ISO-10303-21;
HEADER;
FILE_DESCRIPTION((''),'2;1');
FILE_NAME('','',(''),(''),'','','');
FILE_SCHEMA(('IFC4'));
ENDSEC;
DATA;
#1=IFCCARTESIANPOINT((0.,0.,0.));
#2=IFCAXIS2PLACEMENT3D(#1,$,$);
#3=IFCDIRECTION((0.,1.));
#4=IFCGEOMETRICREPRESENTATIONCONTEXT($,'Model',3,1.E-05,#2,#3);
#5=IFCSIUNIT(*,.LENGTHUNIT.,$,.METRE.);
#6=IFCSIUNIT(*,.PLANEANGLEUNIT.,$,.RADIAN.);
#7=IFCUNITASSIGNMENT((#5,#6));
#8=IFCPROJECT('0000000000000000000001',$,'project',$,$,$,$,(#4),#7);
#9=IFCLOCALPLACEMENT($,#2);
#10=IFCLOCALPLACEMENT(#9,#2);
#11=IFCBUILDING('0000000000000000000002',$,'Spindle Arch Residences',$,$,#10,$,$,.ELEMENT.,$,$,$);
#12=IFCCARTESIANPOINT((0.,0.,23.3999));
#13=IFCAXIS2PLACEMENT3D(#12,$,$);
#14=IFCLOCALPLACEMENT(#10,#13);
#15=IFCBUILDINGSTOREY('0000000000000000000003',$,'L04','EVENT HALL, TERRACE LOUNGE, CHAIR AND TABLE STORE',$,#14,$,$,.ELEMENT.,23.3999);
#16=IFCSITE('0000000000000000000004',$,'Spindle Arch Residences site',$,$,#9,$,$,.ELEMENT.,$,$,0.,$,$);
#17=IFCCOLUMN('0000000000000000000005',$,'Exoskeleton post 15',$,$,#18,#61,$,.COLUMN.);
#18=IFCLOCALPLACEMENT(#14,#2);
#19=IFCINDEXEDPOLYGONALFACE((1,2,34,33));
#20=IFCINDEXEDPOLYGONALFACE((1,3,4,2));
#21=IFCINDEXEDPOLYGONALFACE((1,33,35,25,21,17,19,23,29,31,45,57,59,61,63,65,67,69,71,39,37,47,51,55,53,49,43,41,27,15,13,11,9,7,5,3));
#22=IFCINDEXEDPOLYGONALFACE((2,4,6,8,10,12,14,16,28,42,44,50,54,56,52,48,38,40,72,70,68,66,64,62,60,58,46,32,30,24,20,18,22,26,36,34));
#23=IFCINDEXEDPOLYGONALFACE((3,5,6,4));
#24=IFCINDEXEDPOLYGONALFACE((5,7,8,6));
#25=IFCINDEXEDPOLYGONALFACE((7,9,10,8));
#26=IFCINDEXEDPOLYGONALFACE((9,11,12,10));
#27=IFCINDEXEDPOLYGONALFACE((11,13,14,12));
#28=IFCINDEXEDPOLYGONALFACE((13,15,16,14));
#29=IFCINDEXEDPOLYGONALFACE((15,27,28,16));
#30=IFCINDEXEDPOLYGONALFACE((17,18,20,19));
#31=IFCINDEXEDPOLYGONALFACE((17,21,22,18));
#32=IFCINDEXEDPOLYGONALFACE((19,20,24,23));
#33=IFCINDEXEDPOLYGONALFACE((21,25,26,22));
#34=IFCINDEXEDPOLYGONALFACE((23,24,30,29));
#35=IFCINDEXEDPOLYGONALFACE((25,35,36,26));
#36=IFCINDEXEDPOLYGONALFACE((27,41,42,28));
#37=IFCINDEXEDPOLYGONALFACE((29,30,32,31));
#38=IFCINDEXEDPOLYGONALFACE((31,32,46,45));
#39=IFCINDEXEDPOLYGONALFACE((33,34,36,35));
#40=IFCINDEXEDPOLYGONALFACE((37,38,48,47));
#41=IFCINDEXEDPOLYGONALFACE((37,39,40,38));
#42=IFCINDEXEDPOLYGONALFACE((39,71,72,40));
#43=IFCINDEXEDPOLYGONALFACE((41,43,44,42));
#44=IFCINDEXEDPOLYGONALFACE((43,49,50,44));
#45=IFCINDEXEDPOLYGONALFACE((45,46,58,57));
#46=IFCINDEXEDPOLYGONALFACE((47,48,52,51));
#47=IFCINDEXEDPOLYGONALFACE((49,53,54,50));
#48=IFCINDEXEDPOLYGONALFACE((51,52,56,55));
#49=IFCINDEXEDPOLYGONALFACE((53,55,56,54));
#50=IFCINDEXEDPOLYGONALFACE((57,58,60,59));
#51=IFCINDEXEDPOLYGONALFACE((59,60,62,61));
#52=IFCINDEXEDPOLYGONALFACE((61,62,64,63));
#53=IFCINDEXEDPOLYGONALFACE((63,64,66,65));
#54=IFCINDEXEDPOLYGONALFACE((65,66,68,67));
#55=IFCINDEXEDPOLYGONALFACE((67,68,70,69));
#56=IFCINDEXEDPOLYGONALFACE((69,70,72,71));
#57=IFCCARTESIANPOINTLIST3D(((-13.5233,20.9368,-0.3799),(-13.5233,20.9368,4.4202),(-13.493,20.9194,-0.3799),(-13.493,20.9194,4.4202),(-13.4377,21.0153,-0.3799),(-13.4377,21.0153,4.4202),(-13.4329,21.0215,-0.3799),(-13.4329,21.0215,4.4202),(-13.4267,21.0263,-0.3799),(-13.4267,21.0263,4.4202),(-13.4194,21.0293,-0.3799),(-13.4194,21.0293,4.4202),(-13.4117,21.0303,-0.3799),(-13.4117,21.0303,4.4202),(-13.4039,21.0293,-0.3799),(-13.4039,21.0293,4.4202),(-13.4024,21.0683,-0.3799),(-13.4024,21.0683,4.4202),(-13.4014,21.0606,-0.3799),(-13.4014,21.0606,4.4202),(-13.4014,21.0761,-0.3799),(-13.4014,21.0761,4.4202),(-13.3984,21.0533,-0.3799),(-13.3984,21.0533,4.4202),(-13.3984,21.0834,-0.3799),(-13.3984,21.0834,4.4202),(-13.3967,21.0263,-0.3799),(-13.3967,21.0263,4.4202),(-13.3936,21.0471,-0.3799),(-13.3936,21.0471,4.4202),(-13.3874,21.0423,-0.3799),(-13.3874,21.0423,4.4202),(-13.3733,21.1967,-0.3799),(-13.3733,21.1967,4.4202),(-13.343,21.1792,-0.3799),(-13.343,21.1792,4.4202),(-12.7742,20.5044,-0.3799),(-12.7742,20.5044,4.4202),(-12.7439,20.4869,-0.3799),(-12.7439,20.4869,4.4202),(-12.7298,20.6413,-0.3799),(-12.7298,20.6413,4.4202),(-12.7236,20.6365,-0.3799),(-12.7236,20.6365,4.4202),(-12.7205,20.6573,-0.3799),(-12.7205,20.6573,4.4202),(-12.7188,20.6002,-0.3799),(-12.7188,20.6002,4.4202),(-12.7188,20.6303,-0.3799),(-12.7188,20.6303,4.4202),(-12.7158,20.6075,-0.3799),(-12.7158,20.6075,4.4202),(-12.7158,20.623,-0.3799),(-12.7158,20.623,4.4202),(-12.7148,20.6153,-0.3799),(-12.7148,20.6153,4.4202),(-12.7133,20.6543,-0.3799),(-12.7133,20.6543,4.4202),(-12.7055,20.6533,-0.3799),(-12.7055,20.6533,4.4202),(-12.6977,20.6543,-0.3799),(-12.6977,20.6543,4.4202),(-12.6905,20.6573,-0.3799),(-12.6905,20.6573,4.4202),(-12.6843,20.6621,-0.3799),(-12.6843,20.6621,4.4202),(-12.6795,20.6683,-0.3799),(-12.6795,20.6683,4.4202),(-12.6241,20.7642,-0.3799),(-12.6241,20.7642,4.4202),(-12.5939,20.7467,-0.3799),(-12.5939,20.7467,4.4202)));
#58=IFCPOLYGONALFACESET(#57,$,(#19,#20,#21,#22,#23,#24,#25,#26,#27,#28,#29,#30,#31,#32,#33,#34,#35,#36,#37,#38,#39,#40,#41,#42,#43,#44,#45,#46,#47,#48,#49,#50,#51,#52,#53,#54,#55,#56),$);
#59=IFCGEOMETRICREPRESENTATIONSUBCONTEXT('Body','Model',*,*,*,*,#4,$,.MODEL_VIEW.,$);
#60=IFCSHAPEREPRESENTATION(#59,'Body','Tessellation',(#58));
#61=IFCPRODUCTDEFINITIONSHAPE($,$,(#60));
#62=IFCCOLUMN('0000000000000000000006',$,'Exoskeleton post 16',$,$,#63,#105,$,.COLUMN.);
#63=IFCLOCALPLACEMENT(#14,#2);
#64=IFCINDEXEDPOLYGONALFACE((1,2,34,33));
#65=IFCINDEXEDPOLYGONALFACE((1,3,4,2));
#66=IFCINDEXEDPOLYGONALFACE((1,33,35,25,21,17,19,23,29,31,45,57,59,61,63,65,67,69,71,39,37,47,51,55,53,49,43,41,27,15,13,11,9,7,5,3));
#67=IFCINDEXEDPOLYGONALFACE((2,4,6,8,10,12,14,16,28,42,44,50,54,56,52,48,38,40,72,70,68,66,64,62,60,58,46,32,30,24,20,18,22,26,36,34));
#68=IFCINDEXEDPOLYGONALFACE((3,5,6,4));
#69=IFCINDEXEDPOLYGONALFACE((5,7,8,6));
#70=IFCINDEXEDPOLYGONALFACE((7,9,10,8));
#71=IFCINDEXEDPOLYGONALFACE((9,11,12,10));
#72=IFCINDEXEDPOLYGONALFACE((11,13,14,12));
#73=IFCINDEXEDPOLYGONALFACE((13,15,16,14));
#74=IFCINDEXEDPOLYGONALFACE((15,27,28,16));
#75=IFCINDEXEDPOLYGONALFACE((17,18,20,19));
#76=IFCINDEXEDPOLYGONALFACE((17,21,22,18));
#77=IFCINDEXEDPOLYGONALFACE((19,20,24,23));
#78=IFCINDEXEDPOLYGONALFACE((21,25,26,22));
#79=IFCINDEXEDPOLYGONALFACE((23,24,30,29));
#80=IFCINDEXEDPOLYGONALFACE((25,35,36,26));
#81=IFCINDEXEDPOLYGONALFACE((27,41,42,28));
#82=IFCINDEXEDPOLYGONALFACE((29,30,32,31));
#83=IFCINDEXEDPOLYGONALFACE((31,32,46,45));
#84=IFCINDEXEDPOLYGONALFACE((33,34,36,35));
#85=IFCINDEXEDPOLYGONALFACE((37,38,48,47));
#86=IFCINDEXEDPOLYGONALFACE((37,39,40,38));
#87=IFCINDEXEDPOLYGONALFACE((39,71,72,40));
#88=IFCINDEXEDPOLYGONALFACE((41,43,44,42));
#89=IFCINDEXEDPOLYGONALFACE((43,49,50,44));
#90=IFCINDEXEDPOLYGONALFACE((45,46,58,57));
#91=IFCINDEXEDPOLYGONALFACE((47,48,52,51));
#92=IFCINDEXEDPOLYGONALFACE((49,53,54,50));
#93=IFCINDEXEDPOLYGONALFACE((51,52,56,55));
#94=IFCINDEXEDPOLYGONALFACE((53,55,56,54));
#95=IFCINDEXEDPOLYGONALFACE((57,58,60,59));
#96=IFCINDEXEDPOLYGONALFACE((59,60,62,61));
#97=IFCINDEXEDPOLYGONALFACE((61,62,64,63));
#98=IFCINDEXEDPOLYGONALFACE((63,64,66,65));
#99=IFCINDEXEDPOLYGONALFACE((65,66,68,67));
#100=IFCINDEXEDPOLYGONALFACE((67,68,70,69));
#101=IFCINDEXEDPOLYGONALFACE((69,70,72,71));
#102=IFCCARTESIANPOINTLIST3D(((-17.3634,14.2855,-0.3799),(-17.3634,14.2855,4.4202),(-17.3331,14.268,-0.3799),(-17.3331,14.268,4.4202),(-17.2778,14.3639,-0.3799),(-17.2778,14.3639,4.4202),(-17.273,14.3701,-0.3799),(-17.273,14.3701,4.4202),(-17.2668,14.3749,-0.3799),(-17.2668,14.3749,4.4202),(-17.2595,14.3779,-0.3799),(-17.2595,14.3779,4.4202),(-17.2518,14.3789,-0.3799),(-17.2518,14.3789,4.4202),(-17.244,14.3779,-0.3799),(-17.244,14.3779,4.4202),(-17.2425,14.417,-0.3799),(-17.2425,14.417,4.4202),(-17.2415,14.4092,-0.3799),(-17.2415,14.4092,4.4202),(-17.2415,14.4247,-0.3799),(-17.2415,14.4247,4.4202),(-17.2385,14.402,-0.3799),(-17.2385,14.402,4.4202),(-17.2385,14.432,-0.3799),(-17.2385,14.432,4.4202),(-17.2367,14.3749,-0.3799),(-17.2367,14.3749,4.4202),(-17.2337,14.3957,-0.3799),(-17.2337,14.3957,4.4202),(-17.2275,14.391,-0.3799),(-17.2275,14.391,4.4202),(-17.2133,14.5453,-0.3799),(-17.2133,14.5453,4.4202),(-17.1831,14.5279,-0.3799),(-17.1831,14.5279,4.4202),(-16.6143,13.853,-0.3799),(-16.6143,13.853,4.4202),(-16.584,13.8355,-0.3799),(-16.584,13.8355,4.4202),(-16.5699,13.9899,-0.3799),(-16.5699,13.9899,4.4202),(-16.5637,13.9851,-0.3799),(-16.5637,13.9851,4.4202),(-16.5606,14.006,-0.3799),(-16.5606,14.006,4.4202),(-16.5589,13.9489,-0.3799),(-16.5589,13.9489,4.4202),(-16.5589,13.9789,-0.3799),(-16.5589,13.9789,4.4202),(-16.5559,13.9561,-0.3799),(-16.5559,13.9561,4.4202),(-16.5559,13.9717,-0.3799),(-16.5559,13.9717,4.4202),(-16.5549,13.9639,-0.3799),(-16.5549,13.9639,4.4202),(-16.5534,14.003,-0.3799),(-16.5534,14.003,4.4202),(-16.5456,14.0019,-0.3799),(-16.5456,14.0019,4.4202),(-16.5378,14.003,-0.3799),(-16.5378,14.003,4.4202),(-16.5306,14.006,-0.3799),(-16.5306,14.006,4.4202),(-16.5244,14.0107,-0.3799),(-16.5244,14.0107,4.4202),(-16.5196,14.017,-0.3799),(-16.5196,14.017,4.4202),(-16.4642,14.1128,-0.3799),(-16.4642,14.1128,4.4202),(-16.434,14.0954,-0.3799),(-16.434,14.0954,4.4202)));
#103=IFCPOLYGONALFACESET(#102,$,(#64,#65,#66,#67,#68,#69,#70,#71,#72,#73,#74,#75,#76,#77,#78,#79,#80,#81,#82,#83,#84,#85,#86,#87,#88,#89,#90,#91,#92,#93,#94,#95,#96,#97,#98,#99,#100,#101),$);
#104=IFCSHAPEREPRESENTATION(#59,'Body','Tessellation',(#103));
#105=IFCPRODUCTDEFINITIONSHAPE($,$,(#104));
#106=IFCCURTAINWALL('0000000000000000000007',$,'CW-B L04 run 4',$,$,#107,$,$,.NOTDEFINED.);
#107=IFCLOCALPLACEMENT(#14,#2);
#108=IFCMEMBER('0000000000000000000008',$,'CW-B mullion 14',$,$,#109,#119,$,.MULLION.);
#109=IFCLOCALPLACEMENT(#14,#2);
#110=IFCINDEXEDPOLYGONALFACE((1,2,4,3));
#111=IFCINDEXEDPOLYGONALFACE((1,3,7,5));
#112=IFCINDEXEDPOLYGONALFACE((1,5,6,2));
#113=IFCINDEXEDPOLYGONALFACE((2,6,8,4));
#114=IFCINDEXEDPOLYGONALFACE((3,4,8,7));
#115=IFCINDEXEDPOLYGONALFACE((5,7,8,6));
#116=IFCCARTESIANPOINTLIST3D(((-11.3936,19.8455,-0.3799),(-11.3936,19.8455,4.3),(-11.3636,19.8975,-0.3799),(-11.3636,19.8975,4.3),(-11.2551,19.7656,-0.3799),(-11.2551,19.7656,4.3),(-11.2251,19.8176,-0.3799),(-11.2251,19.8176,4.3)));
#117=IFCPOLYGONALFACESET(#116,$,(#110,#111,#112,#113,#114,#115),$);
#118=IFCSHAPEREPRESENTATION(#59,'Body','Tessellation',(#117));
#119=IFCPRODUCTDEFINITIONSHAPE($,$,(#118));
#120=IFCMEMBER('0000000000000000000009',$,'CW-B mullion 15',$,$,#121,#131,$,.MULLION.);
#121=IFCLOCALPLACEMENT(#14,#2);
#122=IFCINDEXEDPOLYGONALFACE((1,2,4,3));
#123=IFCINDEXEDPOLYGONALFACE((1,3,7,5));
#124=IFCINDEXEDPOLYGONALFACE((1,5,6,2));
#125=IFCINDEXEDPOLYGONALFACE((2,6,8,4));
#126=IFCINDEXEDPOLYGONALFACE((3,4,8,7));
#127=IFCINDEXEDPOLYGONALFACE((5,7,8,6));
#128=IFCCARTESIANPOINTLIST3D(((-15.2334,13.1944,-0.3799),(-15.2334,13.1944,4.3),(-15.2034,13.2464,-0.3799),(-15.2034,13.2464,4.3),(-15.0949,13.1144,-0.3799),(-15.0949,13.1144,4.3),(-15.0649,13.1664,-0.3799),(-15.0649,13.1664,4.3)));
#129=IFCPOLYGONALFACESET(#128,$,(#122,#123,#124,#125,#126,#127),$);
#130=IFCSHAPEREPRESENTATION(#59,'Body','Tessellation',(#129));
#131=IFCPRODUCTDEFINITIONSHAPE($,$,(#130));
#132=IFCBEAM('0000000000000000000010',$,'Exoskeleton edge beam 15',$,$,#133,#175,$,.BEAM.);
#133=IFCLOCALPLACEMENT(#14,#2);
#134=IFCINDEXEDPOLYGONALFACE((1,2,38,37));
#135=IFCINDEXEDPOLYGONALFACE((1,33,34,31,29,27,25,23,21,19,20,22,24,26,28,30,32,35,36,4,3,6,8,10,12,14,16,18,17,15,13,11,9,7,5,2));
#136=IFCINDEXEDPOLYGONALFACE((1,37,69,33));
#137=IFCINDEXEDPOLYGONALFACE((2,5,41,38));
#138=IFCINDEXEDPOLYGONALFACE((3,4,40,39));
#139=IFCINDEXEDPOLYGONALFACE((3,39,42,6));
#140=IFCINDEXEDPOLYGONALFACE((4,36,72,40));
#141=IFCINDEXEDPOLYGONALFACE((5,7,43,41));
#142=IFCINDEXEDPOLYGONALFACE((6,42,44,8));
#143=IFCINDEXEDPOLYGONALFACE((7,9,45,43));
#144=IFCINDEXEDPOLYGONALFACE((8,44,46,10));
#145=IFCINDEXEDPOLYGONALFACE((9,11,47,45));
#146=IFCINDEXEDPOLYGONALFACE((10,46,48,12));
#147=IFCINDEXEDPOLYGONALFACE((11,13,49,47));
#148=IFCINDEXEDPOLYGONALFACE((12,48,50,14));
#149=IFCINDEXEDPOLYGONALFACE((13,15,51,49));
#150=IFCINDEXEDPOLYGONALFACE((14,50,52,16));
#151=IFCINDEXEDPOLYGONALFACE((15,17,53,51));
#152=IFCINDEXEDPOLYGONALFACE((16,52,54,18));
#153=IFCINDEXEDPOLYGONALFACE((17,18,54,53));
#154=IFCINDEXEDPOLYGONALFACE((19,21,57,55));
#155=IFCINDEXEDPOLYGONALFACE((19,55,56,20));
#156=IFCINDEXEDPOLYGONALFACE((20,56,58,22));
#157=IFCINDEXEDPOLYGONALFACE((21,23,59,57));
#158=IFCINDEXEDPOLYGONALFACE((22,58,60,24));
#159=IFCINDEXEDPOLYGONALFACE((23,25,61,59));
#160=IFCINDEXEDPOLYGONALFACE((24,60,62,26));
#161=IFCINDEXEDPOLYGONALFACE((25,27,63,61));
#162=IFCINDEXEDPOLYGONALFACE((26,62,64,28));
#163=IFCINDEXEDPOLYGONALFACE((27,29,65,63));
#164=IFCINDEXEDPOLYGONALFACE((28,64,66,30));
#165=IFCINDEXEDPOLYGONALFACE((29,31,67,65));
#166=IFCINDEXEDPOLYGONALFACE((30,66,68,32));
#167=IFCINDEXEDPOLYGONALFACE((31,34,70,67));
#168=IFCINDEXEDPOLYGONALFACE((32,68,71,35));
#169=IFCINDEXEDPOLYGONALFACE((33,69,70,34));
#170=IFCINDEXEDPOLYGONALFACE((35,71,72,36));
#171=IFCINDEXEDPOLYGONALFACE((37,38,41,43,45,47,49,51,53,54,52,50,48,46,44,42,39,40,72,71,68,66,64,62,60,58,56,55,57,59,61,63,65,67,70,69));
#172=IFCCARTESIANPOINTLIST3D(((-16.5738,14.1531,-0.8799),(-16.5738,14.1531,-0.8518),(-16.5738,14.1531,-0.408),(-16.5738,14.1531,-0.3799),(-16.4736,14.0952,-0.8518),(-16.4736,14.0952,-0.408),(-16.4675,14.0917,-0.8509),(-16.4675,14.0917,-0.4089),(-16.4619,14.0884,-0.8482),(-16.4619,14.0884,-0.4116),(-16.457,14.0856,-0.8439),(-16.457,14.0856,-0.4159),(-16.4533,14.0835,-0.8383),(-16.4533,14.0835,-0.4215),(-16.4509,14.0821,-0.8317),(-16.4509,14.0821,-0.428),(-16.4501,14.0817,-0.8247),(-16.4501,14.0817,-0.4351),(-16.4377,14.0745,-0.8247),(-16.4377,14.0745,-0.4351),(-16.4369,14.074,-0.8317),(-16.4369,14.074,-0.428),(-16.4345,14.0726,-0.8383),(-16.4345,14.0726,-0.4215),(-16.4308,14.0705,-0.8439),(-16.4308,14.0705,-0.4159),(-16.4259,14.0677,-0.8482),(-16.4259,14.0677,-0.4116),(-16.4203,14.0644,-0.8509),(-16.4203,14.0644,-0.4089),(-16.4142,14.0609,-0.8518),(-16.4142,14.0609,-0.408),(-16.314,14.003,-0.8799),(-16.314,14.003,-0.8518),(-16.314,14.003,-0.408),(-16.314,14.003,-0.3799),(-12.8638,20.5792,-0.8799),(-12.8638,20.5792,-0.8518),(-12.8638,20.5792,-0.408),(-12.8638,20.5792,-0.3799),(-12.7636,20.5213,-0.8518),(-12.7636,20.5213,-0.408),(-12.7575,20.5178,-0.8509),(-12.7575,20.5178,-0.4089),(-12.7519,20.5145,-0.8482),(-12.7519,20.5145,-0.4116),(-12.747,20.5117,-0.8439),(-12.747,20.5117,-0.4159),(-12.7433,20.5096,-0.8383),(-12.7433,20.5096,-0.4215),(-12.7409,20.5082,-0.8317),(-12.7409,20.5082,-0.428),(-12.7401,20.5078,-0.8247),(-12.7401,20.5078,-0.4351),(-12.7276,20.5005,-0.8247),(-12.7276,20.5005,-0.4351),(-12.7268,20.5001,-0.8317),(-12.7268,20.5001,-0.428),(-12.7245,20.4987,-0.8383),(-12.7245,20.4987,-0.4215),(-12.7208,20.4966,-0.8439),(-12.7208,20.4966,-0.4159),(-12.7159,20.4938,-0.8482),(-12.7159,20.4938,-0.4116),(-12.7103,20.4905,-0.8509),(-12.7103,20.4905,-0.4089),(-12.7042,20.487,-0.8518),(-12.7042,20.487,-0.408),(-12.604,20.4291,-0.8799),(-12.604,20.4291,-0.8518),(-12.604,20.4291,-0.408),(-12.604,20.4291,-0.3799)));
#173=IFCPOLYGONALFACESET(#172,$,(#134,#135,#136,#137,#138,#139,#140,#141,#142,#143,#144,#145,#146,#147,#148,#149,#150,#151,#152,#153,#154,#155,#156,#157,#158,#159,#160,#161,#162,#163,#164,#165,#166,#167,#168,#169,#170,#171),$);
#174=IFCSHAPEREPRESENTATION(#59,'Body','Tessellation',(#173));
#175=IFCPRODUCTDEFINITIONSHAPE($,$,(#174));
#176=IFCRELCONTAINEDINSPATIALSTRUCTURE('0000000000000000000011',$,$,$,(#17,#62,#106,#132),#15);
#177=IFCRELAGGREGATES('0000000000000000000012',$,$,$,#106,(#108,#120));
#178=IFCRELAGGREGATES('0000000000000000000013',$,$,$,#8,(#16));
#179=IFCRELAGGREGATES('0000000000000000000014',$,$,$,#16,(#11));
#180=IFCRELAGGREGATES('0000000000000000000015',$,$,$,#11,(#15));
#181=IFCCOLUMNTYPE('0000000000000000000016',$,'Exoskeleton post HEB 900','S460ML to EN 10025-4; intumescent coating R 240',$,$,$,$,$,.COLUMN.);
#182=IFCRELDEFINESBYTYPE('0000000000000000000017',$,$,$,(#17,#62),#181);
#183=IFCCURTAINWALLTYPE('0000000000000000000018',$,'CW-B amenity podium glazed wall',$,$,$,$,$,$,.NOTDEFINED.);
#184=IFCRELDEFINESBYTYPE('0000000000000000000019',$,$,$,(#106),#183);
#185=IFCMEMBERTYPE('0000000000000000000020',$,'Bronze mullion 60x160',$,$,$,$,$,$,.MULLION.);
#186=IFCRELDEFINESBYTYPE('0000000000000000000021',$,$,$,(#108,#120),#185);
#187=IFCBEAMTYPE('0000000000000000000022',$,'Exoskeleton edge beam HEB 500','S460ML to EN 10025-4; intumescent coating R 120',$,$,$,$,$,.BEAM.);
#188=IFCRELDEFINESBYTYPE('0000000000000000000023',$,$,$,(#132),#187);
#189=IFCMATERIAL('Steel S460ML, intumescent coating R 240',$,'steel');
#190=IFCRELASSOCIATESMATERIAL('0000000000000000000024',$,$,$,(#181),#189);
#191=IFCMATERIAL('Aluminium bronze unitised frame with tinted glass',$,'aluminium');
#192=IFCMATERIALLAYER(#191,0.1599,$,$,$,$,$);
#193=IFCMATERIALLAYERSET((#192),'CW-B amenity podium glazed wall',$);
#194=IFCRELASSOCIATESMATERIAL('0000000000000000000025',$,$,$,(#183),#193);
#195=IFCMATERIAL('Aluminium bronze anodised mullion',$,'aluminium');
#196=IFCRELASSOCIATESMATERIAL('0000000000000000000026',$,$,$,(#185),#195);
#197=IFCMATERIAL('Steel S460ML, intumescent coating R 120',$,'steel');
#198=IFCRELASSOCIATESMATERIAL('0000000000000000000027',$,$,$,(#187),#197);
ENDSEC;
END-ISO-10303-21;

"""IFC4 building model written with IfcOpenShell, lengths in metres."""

from ifc_helpers import new_model, si_unit, direction, frame, origin, origin_2d, place, context, subcontext, project, spatial, rectangle, i_section, extrude, material, layer, layer_set, material_profile, profile_set, type_object, element, aggregate, save


model = new_model("IFC4")

# Units and contexts
model_context = context("Model", 3, precision=1e-05, world=origin(), true_north=direction((0.0, 1.0)))
body_context = subcontext(model_context, "Body", "Model", "MODEL_VIEW")
ifc_project = project(units=[si_unit("LENGTHUNIT", "METRE"), si_unit("PLANEANGLEUNIT", "RADIAN")], contexts=[model_context])

# Site, building, storey
site_placement = place(None, origin())
site = spatial("IfcSite", under=ifc_project, at=site_placement, Name="Spindle Arch Residences site", CompositionType="ELEMENT", RefElevation=0.0)
building_placement = place(site_placement, origin())
building = spatial("IfcBuilding", under=site, at=building_placement, Name="Spindle Arch Residences", CompositionType="ELEMENT")
storey_placement = place(building_placement, frame((0.0, 0.0, 23.3999)))
storey = spatial("IfcBuildingStorey", under=building, at=storey_placement, Name="L04", Description="EVENT HALL, TERRACE LOUNGE, CHAIR AND TABLE STORE", CompositionType="ELEMENT", Elevation=23.3999)

# Columns
ifc_material_1 = material(Name="Steel S460ML, intumescent coating R 240", Category="steel")
ifc_material_profile_1 = material_profile(ifc_material_1, i_section(OverallWidth=0.3, OverallDepth=0.8999, WebThickness=0.0186, FlangeThickness=0.0349, FilletRadius=0.03, at=origin_2d()), Name="HEB 900")
ifc_profile_set_1 = profile_set([ifc_material_profile_1], Name="Steel S460ML, intumescent coating R 240")
column_type = type_object("IfcColumnType", Name="Exoskeleton post HEB 900", Description="S460ML to EN 10025-4; intumescent coating R 240", PredefinedType="COLUMN", material=ifc_profile_set_1)
for number, where, z_axis, x_axis, name in (
    (1, (-13.0586, 20.8418, -0.3799), (0.0, 0.0, 1.0), (0.5, 0.866025, 0.0), "Exoskeleton post 15"),
    (2, (-16.8987, 14.1904, -0.3799), (0.0, 0.0, 1.0), (0.5, 0.866025, 0.0), "Exoskeleton post 16"),
):
    element("IfcColumn", number, at=place(storey_placement, frame(where, z_axis=z_axis, x_axis=x_axis)), inside=storey, type_object=column_type, Name=name, PredefinedType="COLUMN", context=body_context, shape_type="SweptSolid", body=[
        extrude(i_section(OverallWidth=0.3, OverallDepth=0.8999, WebThickness=0.0186, FlangeThickness=0.0349, FilletRadius=0.03, at=origin_2d()), origin(), (0.0, 0.0, 1.0), 4.8),
    ])

# Curtain wall, members
ifc_material_2 = material(Name="Aluminium bronze unitised frame with tinted glass", Category="aluminium")
ifc_layer_1 = layer(ifc_material_2, 0.1599)
ifc_layer_set_1 = layer_set([ifc_layer_1], Name="CW-B amenity podium glazed wall")
curtain_wall_type = type_object("IfcCurtainWallType", Name="CW-B amenity podium glazed wall", PredefinedType="NOTDEFINED", material=ifc_layer_set_1)
curtain_wall_placement = place(storey_placement, origin())
curtain_wall = element("IfcCurtainWall", 3, at=curtain_wall_placement, inside=storey, type_object=curtain_wall_type, Name="CW-B L04 run 4", PredefinedType="NOTDEFINED")
ifc_material_3 = material(Name="Aluminium bronze anodised mullion", Category="aluminium")
ifc_material_profile_2 = material_profile(ifc_material_3, rectangle(XDim=0.1599, YDim=0.0601, at=origin_2d()), Name="MU 60x160")
ifc_profile_set_2 = profile_set([ifc_material_profile_2], Name="Aluminium bronze anodised mullion")
member_type = type_object("IfcMemberType", Name="Bronze mullion 60x160", PredefinedType="MULLION", material=ifc_profile_set_2)
member_1_placement = place(storey_placement, frame((-11.3093, 19.8315, -0.3799), z_axis=(0.0, 0.0, 1.0), x_axis=(0.866025, -0.5, 0.0)))
member_1 = element("IfcMember", 4, at=member_1_placement, type_object=member_type, Name="CW-B mullion 14", PredefinedType="MULLION", context=body_context, shape_type="SweptSolid", body=[
    extrude(rectangle(XDim=0.1599, YDim=0.0601, at=origin_2d()), origin(), (0.0, 0.0, 1.0), 4.6799),
])
member_2_placement = place(storey_placement, frame((-15.1492, 13.1804, -0.3799), z_axis=(0.0, 0.0, 1.0), x_axis=(0.866025, -0.5, 0.0)))
member_2 = element("IfcMember", 5, at=member_2_placement, type_object=member_type, Name="CW-B mullion 15", PredefinedType="MULLION", context=body_context, shape_type="SweptSolid", body=[
    extrude(rectangle(XDim=0.1599, YDim=0.0601, at=origin_2d()), origin(), (0.0, 0.0, 1.0), 4.6799),
])

# Beam
ifc_material_4 = material(Name="Steel S460ML, intumescent coating R 120", Category="steel")
ifc_material_profile_3 = material_profile(ifc_material_4, i_section(OverallWidth=0.3, OverallDepth=0.5, WebThickness=0.0144, FlangeThickness=0.0281, FilletRadius=0.0271, at=origin_2d()), Name="HEB 500")
ifc_profile_set_3 = profile_set([ifc_material_profile_3], Name="Steel S460ML, intumescent coating R 120")
beam_type_1 = type_object("IfcBeamType", Name="Exoskeleton edge beam HEB 500", Description="S460ML to EN 10025-4; intumescent coating R 120", PredefinedType="BEAM", material=ifc_profile_set_3)
beam_1_placement = place(storey_placement, frame((-12.7339, 20.5042, -0.6299), z_axis=(-0.499989, -0.866032, 0.0), x_axis=(0.866032, -0.499989, 0.0)))
element("IfcBeam", 6, at=beam_1_placement, inside=storey, type_object=beam_type_1, Name="Exoskeleton edge beam 15", PredefinedType="BEAM", context=body_context, shape_type="SweptSolid", body=[
    extrude(i_section(OverallWidth=0.3, OverallDepth=0.5, WebThickness=0.0144, FlangeThickness=0.0281, FilletRadius=0.0271, at=origin_2d()), origin(), (0.0, 0.0, 1.0), 7.4202),
])

aggregate(curtain_wall, [member_1, member_2])

save(model, "model.ifc")
